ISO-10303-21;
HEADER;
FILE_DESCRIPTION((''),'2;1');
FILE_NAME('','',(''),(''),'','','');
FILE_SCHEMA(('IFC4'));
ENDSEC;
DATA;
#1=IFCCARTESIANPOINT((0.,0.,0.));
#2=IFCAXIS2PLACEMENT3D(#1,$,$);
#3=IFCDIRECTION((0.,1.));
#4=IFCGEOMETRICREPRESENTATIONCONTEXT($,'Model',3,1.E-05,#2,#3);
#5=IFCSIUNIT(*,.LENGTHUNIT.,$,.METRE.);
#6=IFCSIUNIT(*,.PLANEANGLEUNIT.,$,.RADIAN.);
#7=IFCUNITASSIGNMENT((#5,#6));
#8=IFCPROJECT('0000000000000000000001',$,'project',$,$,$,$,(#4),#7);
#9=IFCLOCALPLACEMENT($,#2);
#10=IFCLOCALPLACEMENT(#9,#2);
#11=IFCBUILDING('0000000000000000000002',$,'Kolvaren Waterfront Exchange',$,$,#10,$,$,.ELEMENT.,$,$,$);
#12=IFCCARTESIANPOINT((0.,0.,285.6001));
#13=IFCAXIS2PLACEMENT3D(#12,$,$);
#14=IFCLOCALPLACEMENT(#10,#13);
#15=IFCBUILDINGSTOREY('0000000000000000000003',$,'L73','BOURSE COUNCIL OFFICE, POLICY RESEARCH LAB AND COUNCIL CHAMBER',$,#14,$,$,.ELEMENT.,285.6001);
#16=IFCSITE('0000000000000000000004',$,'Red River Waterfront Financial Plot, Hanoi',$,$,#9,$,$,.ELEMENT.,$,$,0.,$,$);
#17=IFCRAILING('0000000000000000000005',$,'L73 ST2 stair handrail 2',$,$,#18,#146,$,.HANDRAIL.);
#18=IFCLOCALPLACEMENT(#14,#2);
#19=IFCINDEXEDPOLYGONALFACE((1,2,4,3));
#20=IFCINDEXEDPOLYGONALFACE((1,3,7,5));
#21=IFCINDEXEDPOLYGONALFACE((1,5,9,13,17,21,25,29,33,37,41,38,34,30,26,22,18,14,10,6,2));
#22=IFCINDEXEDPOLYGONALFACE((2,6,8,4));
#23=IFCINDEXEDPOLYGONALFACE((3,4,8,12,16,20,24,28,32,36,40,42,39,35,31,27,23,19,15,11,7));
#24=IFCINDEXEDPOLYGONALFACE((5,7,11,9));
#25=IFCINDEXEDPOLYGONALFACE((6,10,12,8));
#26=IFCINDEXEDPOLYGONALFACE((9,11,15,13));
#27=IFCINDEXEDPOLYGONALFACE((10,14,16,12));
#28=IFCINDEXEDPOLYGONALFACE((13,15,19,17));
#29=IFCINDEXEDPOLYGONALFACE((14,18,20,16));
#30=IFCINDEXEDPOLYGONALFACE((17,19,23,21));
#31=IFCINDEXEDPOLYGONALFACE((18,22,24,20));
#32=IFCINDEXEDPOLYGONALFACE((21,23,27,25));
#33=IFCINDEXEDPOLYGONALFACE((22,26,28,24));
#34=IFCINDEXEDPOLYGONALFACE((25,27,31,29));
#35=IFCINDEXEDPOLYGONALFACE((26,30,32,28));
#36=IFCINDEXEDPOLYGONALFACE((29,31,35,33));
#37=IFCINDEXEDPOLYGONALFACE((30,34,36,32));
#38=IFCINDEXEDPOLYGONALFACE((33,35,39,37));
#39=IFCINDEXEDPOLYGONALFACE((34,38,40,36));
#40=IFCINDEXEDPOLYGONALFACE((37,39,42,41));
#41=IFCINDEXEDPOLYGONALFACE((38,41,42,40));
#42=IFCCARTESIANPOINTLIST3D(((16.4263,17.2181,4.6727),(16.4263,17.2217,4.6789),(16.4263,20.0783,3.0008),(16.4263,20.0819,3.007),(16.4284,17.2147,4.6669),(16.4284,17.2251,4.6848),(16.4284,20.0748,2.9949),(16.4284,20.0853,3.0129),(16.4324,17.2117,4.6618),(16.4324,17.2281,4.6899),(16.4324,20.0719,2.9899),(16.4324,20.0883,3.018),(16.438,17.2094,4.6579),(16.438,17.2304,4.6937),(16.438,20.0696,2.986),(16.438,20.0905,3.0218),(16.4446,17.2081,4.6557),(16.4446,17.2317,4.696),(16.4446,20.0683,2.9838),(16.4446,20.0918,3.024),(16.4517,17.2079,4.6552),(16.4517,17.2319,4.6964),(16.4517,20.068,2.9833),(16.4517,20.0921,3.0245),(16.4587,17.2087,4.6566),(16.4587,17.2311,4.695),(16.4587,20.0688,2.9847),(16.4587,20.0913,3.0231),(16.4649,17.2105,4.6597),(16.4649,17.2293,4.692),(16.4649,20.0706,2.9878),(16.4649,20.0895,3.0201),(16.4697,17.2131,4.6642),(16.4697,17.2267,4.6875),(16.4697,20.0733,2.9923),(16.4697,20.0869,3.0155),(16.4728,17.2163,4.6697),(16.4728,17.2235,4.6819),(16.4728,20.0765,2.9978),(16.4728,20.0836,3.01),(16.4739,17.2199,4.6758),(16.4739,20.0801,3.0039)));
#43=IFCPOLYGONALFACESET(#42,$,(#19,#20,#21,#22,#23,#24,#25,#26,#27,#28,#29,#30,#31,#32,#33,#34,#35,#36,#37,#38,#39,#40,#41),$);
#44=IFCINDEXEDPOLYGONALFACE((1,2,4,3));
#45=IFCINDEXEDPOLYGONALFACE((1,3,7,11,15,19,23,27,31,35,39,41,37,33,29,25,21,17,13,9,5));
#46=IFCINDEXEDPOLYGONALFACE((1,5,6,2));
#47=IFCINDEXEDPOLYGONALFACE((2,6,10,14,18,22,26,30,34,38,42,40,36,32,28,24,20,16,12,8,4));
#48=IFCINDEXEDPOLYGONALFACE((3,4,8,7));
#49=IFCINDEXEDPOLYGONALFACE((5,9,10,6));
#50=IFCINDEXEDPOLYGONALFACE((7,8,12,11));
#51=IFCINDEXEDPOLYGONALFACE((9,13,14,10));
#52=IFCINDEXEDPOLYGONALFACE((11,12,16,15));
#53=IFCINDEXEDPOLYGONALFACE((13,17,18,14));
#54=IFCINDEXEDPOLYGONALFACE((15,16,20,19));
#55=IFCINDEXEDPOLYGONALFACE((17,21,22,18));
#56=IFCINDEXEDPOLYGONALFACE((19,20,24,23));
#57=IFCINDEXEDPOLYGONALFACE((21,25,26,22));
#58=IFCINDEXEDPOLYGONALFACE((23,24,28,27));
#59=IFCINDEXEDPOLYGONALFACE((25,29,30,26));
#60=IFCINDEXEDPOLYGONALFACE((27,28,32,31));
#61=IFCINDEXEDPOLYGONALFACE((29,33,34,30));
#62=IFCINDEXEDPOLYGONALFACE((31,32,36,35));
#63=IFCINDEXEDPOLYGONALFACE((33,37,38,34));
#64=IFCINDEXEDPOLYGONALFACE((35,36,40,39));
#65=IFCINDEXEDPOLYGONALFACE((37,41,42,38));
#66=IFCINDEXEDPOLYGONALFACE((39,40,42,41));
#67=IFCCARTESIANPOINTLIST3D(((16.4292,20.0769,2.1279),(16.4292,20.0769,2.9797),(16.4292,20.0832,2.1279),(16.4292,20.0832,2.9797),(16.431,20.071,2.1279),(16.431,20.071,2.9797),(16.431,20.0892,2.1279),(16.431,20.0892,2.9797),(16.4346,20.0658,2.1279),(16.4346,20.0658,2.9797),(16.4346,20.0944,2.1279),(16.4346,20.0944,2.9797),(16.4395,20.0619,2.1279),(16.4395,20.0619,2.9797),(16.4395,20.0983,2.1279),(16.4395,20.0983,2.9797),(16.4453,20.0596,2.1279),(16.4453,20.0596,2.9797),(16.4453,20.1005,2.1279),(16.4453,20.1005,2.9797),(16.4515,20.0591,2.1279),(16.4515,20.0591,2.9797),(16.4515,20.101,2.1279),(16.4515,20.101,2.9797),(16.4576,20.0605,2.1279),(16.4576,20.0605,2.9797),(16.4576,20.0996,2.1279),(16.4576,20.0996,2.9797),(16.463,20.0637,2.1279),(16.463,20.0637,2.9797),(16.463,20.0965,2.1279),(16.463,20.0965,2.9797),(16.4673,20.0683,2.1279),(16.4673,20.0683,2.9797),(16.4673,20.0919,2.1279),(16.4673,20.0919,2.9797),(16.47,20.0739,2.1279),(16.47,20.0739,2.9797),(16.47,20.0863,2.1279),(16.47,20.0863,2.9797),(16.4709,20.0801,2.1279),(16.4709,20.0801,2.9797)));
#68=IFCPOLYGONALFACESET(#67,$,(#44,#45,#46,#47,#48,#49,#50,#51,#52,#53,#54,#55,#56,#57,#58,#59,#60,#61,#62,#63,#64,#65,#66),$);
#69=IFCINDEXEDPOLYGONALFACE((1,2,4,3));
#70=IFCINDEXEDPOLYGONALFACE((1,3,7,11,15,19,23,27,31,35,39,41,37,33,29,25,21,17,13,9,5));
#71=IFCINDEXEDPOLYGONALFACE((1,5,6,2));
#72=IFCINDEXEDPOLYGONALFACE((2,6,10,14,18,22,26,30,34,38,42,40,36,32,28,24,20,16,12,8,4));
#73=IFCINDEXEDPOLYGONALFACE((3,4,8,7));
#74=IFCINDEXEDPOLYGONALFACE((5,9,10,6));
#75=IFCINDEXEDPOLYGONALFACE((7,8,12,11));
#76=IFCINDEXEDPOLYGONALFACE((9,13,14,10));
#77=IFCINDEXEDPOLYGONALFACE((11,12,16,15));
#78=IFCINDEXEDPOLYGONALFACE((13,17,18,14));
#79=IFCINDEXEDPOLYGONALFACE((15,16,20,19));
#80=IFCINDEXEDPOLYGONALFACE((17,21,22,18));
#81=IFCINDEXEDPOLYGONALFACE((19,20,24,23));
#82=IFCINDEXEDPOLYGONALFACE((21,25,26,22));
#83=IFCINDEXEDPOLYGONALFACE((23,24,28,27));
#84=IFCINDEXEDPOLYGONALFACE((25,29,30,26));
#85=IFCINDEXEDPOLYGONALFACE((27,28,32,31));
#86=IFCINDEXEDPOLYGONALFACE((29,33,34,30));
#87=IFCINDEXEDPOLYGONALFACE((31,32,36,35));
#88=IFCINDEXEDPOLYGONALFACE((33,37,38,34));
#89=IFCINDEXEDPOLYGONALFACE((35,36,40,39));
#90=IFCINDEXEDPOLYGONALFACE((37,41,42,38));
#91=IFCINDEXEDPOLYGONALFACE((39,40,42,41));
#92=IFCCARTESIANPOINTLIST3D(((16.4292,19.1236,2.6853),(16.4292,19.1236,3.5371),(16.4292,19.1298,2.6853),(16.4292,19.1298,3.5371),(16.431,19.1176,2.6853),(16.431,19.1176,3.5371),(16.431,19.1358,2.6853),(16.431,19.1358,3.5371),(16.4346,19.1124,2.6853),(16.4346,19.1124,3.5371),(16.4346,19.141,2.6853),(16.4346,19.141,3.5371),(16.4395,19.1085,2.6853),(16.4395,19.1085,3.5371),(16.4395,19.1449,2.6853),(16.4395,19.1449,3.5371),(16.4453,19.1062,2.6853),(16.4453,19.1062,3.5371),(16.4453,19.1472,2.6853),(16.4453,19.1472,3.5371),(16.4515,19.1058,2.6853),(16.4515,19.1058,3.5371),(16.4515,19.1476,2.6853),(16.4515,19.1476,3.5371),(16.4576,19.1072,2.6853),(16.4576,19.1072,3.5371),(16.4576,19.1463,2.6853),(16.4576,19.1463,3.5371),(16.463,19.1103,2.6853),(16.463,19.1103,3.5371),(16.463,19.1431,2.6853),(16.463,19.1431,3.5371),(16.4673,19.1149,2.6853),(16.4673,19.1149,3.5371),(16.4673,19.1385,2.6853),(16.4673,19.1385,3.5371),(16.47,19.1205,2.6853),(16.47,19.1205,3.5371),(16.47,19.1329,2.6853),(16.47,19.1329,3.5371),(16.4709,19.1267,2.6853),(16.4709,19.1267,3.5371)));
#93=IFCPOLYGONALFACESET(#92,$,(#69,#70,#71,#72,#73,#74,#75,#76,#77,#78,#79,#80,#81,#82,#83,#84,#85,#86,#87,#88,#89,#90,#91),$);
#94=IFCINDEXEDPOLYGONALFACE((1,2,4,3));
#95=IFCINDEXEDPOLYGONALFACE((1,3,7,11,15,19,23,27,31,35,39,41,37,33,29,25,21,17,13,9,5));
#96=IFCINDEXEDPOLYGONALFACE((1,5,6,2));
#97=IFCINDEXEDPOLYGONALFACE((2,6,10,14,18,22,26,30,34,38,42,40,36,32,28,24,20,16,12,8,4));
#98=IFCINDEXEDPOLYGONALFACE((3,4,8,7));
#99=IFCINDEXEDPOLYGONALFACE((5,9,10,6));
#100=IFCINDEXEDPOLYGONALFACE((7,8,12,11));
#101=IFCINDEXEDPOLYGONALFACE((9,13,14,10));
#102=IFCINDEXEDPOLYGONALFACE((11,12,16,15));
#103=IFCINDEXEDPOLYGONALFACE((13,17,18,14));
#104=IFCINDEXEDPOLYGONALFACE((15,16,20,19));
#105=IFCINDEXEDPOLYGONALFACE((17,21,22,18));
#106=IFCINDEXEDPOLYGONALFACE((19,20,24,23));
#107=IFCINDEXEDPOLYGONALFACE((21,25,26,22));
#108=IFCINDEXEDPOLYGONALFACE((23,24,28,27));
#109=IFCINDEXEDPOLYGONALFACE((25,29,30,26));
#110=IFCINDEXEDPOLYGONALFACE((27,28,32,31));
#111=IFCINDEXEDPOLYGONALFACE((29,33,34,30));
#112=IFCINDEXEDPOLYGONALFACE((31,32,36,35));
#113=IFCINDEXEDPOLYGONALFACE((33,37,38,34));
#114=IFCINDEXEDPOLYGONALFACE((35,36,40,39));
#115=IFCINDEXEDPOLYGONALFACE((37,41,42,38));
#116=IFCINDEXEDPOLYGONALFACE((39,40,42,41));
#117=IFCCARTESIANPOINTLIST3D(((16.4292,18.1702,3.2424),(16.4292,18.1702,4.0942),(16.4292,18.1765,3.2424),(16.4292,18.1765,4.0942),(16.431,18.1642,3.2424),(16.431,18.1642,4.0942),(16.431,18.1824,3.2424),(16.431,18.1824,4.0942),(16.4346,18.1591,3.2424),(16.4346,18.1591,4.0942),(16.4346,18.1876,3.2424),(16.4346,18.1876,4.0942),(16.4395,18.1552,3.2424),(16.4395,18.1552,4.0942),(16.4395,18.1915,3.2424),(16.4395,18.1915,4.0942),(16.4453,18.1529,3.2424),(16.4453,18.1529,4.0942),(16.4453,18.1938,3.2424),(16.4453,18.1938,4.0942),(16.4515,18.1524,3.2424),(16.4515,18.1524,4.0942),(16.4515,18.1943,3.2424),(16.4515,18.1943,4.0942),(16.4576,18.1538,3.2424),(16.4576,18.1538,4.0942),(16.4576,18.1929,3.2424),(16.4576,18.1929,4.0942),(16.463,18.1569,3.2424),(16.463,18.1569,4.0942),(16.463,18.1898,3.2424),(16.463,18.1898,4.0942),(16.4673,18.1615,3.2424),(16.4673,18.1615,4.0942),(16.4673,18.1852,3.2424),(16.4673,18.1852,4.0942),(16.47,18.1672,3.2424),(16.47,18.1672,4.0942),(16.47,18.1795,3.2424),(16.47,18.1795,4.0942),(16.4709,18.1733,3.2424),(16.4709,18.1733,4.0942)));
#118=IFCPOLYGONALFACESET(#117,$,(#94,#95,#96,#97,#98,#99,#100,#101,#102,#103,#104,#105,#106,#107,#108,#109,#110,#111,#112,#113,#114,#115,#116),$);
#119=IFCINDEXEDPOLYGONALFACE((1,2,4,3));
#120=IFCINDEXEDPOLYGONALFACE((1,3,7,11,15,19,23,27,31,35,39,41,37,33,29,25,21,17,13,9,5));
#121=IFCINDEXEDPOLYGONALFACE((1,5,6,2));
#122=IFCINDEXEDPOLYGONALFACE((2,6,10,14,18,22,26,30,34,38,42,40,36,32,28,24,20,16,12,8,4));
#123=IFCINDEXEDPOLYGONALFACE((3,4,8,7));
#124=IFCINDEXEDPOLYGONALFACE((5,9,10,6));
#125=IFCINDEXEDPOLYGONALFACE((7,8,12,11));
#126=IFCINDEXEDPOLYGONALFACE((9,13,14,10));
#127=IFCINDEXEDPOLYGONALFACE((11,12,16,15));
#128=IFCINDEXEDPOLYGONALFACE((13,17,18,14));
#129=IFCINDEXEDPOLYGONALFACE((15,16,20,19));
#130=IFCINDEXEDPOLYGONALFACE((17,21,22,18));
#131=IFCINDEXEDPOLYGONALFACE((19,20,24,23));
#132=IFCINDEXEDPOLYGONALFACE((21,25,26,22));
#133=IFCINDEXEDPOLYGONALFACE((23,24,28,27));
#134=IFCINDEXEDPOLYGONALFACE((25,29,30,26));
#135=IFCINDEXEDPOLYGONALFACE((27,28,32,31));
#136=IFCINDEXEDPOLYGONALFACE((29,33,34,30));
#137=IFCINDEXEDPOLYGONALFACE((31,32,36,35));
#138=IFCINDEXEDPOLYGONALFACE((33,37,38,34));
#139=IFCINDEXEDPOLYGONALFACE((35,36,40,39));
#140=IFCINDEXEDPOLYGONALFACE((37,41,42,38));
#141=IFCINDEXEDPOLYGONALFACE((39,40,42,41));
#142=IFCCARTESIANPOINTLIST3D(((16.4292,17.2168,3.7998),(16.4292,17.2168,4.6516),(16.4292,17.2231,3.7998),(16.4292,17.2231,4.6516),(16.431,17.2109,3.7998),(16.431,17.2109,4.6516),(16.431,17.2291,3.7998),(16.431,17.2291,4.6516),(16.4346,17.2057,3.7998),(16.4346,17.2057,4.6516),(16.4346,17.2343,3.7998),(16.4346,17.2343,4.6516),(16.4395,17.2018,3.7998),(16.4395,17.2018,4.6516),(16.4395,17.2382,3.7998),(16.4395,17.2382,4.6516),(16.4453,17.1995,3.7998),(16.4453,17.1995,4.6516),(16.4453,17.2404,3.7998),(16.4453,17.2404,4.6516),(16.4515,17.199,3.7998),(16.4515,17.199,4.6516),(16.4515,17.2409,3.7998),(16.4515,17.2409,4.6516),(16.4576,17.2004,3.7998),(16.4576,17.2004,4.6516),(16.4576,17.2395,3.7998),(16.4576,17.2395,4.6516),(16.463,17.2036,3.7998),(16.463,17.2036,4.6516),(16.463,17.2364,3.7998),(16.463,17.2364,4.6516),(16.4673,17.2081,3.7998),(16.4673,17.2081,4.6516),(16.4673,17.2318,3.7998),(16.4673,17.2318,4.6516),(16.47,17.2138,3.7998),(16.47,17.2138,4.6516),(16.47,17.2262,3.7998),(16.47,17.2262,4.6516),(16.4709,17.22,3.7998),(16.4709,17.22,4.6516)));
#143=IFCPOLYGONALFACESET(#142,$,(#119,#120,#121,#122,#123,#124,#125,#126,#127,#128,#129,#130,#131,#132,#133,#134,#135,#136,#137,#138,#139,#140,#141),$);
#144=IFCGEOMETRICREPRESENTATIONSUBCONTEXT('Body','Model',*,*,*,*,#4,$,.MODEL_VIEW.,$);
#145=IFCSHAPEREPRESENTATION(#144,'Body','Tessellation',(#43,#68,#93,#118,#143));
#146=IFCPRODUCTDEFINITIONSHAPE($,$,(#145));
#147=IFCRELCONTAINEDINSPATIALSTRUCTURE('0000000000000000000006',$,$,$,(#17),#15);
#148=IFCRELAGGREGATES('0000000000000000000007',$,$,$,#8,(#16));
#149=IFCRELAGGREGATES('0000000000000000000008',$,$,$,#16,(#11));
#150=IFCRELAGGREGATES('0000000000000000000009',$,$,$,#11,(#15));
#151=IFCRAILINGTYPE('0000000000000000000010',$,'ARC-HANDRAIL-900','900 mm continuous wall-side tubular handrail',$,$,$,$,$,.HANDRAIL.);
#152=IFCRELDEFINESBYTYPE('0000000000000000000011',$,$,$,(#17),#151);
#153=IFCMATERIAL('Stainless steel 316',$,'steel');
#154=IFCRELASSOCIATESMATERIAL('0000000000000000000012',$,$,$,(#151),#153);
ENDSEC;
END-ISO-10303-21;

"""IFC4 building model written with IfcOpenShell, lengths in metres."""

from ifc_helpers import new_model, si_unit, direction, frame, origin, origin_2d, place, context, subcontext, project, spatial, circle, extrude, material, type_object, element, save


model = new_model("IFC4")

# Units and contexts
model_context = context("Model", 3, precision=1e-05, world=origin(), true_north=direction((0.0, 1.0)))
body_context = subcontext(model_context, "Body", "Model", "MODEL_VIEW")
ifc_project = project(units=[si_unit("LENGTHUNIT", "METRE"), si_unit("PLANEANGLEUNIT", "RADIAN")], contexts=[model_context])

# Site, building, storey
site_placement = place(None, origin())
site = spatial("IfcSite", under=ifc_project, at=site_placement, Name="Red River Waterfront Financial Plot, Hanoi", CompositionType="ELEMENT", RefElevation=0.0)
building_placement = place(site_placement, origin())
building = spatial("IfcBuilding", under=site, at=building_placement, Name="Kolvaren Waterfront Exchange", CompositionType="ELEMENT")
storey_placement = place(building_placement, frame((0.0, 0.0, 285.6001)))
storey = spatial("IfcBuildingStorey", under=building, at=storey_placement, Name="L73", Description="BOURSE COUNCIL OFFICE, POLICY RESEARCH LAB AND COUNCIL CHAMBER", CompositionType="ELEMENT", Elevation=285.6001)

# Railing
ifc_material_1 = material(Name="Stainless steel 316", Category="steel")
railing_type_1 = type_object("IfcRailingType", Name="ARC-HANDRAIL-900", Description="900 mm continuous wall-side tubular handrail", PredefinedType="HANDRAIL", material=ifc_material_1)
railing_1_placement = place(storey_placement, frame((16.45, 20.0801, 2.1279)))
element("IfcRailing", 1, at=railing_1_placement, inside=storey, type_object=railing_type_1, Name="L73 ST2 stair handrail 2", PredefinedType="HANDRAIL", context=body_context, shape_type="SweptSolid", body=[
    extrude(circle(Radius=0.0239, at=origin_2d()), frame((0.0, 0.0, 0.876), z_axis=(0.0, -0.863321, 0.504654), x_axis=(1.0, 0.0, 0.0)), (0.0, 0.0, 1.0), 3.313),
    extrude(circle(Radius=0.021, at=origin_2d()), origin(), (0.0, 0.0, 1.0), 0.8518),
    extrude(circle(Radius=0.021, at=origin_2d()), frame((0.0, -0.9534, 0.5574)), (0.0, 0.0, 1.0), 0.8518),
    extrude(circle(Radius=0.021, at=origin_2d()), frame((0.0, -1.9067, 1.1145)), (0.0, 0.0, 1.0), 0.8518),
    extrude(circle(Radius=0.021, at=origin_2d()), frame((0.0, -2.8601, 1.6719)), (0.0, 0.0, 1.0), 0.8518),
])

save(model, "model.ifc")
